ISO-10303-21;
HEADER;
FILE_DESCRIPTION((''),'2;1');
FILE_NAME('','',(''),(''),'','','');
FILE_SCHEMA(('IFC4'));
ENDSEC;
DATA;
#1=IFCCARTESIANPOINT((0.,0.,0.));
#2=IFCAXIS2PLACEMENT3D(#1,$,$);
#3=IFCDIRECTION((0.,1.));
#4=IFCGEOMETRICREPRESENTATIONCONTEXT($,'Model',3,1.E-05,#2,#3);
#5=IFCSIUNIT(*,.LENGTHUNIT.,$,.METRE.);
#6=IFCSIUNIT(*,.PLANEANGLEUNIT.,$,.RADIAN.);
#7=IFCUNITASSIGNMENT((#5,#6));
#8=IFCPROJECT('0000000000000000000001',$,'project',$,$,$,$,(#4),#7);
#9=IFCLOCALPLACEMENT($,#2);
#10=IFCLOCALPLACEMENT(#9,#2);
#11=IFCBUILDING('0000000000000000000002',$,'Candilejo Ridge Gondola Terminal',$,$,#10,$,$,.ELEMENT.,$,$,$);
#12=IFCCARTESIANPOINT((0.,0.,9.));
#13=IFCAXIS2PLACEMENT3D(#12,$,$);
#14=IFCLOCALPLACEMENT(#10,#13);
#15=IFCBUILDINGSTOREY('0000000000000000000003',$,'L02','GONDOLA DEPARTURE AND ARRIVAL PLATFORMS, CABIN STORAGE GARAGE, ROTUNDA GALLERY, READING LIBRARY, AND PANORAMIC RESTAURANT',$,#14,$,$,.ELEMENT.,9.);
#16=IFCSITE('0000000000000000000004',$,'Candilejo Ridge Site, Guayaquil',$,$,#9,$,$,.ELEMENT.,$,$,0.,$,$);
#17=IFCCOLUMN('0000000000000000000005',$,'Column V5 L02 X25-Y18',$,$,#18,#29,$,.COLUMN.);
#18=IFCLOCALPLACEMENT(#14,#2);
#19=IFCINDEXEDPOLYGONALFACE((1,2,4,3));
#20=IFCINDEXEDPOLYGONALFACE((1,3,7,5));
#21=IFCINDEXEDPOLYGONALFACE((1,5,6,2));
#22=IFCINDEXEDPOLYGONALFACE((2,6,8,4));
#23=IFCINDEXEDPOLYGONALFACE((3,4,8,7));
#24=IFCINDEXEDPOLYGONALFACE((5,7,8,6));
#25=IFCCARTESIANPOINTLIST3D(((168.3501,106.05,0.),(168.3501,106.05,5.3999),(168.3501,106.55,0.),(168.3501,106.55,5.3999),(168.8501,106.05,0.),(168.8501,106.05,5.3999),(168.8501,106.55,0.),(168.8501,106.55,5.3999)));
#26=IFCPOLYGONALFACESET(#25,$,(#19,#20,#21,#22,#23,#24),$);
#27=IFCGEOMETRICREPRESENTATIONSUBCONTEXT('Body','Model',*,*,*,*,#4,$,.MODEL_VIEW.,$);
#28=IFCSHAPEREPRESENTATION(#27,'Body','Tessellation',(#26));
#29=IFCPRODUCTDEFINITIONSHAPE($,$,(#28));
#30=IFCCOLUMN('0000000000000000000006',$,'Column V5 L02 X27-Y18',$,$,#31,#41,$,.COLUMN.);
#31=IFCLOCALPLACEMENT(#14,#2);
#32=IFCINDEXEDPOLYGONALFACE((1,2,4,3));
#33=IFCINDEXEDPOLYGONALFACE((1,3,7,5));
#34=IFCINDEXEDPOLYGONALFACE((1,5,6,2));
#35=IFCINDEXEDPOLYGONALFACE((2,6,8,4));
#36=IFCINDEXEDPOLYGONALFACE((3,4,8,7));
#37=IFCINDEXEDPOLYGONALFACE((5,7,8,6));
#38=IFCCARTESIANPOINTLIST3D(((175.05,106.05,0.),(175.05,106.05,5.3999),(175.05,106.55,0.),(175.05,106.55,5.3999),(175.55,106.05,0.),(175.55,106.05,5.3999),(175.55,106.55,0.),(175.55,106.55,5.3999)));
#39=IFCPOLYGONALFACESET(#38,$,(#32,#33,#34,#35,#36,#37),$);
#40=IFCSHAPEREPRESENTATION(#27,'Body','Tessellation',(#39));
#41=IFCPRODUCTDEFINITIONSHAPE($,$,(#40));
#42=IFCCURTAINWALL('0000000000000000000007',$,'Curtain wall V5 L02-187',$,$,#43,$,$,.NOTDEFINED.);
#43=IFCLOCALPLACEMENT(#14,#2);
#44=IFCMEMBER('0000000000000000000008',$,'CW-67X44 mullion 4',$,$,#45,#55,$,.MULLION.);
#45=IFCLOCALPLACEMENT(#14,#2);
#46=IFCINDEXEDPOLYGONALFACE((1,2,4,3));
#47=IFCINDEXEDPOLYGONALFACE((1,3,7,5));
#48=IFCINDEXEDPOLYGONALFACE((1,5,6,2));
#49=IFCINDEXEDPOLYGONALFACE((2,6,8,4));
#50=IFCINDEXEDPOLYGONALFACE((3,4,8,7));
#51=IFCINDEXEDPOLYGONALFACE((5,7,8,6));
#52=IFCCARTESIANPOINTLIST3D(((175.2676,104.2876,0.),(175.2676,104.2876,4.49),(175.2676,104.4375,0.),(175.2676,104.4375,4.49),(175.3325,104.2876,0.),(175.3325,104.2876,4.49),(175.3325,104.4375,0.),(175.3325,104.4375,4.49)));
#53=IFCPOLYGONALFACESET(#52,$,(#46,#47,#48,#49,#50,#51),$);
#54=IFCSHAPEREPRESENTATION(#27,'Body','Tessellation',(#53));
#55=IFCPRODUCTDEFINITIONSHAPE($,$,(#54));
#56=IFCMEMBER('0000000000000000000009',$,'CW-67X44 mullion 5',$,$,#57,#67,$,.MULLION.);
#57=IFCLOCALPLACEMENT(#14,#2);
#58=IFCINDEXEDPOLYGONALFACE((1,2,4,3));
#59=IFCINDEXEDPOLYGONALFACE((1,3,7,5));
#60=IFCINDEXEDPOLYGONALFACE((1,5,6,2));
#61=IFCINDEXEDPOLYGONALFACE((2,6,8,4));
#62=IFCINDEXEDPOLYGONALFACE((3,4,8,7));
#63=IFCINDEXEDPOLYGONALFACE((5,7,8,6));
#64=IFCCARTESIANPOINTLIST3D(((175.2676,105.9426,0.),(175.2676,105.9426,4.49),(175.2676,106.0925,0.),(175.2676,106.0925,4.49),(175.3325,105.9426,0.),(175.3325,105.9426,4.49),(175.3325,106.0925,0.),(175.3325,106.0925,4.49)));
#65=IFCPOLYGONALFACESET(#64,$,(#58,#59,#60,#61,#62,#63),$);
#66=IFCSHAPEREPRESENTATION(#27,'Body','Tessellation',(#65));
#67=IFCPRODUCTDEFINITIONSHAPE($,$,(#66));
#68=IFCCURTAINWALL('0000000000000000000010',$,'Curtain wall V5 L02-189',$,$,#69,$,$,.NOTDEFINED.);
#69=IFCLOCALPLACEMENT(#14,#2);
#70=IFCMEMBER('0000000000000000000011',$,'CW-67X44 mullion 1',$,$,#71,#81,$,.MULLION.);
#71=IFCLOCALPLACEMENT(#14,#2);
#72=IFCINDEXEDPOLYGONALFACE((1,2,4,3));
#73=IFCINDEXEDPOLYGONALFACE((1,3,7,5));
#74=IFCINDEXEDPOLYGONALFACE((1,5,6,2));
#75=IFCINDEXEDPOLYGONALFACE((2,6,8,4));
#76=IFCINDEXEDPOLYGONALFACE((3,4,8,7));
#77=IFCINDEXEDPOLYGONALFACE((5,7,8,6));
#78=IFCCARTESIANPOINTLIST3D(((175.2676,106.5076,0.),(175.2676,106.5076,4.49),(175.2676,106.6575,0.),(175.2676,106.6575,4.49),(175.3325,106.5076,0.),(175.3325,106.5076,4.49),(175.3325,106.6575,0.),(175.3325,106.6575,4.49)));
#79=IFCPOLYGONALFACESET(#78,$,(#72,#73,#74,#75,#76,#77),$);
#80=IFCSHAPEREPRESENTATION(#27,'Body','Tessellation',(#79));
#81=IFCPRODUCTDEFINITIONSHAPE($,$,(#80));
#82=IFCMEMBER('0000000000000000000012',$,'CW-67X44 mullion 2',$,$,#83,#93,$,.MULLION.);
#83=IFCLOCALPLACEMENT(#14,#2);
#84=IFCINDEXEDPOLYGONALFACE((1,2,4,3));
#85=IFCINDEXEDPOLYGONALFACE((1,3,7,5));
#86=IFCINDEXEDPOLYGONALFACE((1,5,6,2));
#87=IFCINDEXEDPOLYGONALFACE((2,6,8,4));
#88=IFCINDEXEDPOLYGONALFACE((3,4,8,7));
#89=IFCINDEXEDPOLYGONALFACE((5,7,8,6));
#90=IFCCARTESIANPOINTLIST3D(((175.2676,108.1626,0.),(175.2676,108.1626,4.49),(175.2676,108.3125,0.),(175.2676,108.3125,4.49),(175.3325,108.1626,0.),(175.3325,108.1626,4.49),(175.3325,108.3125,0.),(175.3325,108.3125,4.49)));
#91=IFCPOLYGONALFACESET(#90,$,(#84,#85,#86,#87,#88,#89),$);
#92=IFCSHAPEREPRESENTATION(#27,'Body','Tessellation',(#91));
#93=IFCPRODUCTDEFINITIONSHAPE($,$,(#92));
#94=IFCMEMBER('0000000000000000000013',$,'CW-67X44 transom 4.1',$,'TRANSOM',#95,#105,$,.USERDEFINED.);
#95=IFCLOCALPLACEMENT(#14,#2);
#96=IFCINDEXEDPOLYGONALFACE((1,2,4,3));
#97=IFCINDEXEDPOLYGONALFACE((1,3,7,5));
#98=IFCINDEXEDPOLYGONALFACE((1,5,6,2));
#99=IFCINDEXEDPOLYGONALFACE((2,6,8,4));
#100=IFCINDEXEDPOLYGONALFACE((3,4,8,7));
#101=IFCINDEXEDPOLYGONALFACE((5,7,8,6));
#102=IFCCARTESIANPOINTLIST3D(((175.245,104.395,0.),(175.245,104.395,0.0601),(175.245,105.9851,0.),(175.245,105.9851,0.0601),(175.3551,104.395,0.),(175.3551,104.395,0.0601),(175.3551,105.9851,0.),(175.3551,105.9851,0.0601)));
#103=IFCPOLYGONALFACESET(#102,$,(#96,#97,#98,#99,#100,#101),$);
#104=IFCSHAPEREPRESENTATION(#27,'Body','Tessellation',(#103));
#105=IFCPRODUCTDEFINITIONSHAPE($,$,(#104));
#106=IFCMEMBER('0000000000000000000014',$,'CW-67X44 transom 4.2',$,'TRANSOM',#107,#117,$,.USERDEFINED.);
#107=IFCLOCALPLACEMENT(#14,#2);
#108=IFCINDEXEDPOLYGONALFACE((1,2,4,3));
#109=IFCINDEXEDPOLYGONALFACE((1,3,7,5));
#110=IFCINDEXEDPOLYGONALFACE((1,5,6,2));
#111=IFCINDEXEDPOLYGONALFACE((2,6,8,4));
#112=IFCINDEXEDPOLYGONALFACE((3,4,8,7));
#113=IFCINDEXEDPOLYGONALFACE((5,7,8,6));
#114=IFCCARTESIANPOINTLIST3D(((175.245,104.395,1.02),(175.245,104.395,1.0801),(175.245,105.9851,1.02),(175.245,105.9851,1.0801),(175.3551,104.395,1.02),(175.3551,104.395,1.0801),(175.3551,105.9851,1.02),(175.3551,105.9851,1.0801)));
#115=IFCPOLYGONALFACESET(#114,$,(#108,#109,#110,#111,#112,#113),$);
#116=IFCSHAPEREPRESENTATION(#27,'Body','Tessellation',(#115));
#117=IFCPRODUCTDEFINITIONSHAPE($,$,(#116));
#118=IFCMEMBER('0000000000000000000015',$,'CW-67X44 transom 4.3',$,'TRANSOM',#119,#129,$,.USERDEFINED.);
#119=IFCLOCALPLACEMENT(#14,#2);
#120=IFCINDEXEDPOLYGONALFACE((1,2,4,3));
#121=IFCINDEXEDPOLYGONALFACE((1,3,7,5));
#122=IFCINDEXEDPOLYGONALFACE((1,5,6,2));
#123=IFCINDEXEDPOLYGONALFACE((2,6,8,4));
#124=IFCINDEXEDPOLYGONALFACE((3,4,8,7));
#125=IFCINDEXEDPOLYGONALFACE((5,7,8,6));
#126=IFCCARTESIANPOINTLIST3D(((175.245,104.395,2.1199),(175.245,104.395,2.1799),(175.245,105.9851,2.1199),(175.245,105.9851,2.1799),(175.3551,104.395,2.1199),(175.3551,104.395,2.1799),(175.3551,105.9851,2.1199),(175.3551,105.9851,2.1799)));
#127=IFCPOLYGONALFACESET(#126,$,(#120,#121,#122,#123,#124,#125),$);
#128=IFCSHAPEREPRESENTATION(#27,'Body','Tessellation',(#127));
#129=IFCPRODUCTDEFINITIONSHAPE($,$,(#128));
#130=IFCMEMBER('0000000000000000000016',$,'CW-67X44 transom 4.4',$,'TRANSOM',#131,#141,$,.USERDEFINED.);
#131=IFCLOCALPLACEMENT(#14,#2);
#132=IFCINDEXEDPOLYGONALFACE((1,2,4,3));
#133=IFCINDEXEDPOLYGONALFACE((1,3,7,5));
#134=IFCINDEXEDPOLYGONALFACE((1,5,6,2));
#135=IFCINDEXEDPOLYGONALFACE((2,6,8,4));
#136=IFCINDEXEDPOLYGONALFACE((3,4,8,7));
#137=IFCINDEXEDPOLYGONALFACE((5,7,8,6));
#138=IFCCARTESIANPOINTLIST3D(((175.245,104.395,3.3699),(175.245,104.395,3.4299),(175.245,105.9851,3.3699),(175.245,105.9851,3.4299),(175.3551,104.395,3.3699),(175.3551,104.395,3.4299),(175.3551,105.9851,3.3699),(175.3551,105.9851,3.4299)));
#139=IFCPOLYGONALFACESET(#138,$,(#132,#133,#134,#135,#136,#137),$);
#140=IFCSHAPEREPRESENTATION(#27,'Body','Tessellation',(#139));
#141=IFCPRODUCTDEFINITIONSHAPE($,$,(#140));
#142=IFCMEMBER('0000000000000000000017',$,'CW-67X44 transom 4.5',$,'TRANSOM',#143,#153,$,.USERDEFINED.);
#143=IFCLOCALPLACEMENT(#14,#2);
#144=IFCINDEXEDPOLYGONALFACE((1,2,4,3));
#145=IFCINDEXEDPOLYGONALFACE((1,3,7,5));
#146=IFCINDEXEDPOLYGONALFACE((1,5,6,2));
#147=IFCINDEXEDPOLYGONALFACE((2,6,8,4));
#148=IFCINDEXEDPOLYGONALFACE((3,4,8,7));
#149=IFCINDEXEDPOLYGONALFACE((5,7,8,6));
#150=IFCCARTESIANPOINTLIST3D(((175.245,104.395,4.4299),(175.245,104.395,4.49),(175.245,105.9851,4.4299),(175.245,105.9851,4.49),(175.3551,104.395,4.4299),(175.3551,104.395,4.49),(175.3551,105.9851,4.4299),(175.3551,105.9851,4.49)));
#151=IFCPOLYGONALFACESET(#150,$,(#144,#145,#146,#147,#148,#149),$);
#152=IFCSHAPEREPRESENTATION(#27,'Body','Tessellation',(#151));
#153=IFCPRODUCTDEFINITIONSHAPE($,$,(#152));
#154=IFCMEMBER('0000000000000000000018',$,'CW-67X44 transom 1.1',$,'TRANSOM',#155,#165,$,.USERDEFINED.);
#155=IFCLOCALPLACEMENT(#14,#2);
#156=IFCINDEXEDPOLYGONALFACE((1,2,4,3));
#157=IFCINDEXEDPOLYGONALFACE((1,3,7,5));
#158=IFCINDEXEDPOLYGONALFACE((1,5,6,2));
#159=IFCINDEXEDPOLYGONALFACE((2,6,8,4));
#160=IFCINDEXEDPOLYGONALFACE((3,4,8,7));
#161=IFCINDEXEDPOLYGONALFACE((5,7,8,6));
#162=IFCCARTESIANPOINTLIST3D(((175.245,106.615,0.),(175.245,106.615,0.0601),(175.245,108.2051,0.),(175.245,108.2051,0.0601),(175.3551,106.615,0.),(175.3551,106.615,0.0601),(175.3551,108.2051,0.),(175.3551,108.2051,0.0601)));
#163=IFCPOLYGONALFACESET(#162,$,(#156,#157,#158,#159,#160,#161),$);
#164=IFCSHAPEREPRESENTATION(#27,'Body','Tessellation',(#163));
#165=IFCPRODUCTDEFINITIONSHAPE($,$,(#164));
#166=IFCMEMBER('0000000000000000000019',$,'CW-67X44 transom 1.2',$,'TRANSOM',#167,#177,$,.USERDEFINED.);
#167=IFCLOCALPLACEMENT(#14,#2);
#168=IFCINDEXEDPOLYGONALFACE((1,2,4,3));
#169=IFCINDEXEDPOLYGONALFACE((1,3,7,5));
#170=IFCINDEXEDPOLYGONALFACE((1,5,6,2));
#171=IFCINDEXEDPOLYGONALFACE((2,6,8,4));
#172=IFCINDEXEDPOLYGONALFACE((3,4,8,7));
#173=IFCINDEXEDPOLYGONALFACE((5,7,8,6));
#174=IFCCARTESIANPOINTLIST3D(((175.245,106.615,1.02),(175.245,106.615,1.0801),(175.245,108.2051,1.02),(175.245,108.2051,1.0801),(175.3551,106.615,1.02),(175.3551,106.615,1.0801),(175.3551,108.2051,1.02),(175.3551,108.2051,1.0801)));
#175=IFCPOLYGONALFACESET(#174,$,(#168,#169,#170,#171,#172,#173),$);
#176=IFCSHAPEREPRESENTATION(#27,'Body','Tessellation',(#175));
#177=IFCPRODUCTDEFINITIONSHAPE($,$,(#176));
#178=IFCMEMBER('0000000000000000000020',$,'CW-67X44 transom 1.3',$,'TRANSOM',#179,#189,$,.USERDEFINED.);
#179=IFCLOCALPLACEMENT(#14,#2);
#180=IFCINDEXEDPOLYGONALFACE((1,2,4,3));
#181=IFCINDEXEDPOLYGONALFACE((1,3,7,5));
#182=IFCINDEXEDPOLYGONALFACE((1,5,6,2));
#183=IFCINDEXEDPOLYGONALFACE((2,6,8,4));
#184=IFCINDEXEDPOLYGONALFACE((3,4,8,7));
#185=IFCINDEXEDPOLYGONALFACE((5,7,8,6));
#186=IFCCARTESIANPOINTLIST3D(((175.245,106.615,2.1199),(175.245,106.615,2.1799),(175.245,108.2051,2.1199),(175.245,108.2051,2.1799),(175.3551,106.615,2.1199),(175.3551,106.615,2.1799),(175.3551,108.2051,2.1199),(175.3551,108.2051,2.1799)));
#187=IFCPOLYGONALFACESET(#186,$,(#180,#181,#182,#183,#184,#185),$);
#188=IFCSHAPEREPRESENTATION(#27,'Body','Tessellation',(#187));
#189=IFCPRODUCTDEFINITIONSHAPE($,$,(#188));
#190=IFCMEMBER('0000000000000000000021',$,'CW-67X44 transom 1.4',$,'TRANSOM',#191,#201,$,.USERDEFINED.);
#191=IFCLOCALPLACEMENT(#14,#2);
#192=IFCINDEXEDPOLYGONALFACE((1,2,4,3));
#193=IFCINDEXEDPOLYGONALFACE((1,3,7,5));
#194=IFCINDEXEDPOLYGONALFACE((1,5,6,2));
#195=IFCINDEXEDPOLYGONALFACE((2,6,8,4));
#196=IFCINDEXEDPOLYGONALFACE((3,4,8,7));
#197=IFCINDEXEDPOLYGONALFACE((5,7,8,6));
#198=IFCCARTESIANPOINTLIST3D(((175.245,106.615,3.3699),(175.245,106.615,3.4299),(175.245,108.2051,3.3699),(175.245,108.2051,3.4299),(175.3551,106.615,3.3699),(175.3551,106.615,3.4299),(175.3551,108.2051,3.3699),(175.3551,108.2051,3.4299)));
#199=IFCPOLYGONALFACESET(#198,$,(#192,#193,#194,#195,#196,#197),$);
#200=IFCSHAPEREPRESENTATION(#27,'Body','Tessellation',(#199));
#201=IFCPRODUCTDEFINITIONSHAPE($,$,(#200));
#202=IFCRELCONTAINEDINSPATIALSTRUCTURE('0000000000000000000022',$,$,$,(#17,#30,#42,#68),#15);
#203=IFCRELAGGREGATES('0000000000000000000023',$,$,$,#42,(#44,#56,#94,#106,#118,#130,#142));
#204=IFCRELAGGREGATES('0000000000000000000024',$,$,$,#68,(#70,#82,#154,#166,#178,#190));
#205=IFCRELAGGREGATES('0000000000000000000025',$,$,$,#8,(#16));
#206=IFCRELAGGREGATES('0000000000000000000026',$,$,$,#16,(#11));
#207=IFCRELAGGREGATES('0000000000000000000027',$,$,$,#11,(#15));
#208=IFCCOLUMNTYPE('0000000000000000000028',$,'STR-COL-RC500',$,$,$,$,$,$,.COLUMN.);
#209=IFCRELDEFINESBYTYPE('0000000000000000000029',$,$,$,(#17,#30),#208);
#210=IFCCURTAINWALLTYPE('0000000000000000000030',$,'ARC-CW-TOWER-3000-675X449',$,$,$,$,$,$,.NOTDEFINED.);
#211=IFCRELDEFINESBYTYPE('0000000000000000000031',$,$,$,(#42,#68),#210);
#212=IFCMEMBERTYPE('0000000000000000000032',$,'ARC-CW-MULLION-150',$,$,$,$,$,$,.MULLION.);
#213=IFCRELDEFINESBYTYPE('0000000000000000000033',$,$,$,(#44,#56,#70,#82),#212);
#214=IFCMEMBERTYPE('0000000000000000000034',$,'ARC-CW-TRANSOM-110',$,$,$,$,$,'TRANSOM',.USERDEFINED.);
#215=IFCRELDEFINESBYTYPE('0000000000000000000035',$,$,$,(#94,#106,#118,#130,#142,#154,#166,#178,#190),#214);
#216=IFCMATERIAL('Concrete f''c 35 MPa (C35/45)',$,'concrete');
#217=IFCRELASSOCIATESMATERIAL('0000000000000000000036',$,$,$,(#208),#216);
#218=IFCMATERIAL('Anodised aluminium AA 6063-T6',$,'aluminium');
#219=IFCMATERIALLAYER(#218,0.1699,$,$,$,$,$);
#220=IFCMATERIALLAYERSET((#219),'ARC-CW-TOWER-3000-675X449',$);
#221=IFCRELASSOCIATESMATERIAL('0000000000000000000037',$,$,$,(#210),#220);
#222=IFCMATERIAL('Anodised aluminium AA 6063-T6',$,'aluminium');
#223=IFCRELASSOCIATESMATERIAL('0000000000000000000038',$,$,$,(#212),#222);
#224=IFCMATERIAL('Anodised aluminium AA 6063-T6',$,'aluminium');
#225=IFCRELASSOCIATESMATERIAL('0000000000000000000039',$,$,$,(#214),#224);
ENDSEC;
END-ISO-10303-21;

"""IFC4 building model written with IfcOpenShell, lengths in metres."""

from ifc_helpers import new_model, si_unit, direction, frame, origin, origin_2d, place, context, subcontext, project, spatial, rectangle, extrude, material, layer, layer_set, material_profile, profile_set, type_object, element, aggregate, save


model = new_model("IFC4")

# Units and contexts
model_context = context("Model", 3, precision=1e-05, world=origin(), true_north=direction((0.0, 1.0)))
body_context = subcontext(model_context, "Body", "Model", "MODEL_VIEW")
ifc_project = project(units=[si_unit("LENGTHUNIT", "METRE"), si_unit("PLANEANGLEUNIT", "RADIAN")], contexts=[model_context])

# Site, building, storey
site_placement = place(None, origin())
site = spatial("IfcSite", under=ifc_project, at=site_placement, Name="Candilejo Ridge Site, Guayaquil", CompositionType="ELEMENT", RefElevation=0.0)
building_placement = place(site_placement, origin())
building = spatial("IfcBuilding", under=site, at=building_placement, Name="Candilejo Ridge Gondola Terminal", CompositionType="ELEMENT")
storey_placement = place(building_placement, frame((0.0, 0.0, 9.0)))
storey = spatial("IfcBuildingStorey", under=building, at=storey_placement, Name="L02", Description="GONDOLA DEPARTURE AND ARRIVAL PLATFORMS, CABIN STORAGE GARAGE, ROTUNDA GALLERY, READING LIBRARY, AND PANORAMIC RESTAURANT", CompositionType="ELEMENT", Elevation=9.0)

# Columns
ifc_material_1 = material(Name="Concrete f'c 35 MPa (C35/45)", Category="concrete")
ifc_material_profile_1 = material_profile(ifc_material_1, rectangle(XDim=0.5, YDim=0.5, at=origin_2d()))
ifc_profile_set_1 = profile_set([ifc_material_profile_1], Name="Concrete f'c 35 MPa (C35/45)")
column_type = type_object("IfcColumnType", Name="STR-COL-RC500", PredefinedType="COLUMN", material=ifc_profile_set_1)
for number, where, z_axis, x_axis, name in (
    (1, (168.6001, 106.3, 0.0), (0.0, 0.0, 1.0), (1.0, 0.0, 0.0), "Column V5 L02 X25-Y18"),
    (2, (175.3, 106.3, 0.0), (0.0, 0.0, 1.0), (1.0, 0.0, 0.0), "Column V5 L02 X27-Y18"),
):
    element("IfcColumn", number, at=place(storey_placement, frame(where, z_axis=z_axis, x_axis=x_axis)), inside=storey, type_object=column_type, Name=name, PredefinedType="COLUMN", context=body_context, shape_type="SweptSolid", body=[
        extrude(rectangle(XDim=0.5, YDim=0.5, at=origin_2d()), origin(), (0.0, 0.0, 1.0), 5.3999),
    ])

# Curtain walls, members
ifc_material_2 = material(Name="Anodised aluminium AA 6063-T6", Category="aluminium")
ifc_layer_1 = layer(ifc_material_2, 0.1699)
ifc_layer_set_1 = layer_set([ifc_layer_1], Name="ARC-CW-TOWER-3000-675X449")
curtain_wall_type = type_object("IfcCurtainWallType", Name="ARC-CW-TOWER-3000-675X449", PredefinedType="NOTDEFINED", material=ifc_layer_set_1)
curtain_wall_1_placement = place(storey_placement, origin())
curtain_wall_1 = element("IfcCurtainWall", 3, at=curtain_wall_1_placement, inside=storey, type_object=curtain_wall_type, Name="Curtain wall V5 L02-187", PredefinedType="NOTDEFINED")
ifc_material_3 = material(Name="Anodised aluminium AA 6063-T6", Category="aluminium")
ifc_material_profile_2 = material_profile(ifc_material_3, rectangle(XDim=0.0649, YDim=0.1499, at=origin_2d()))
ifc_profile_set_2 = profile_set([ifc_material_profile_2], Name="Anodised aluminium AA 6063-T6")
member_type_1 = type_object("IfcMemberType", Name="ARC-CW-MULLION-150", PredefinedType="MULLION", material=ifc_profile_set_2)
member_1_placement = place(storey_placement, frame((175.3, 104.3625, 0.0), z_axis=(0.0, 0.0, 1.0), x_axis=(-1.0, 0.0, 0.0)))
member_1 = element("IfcMember", 4, at=member_1_placement, type_object=member_type_1, Name="CW-67X44 mullion 4", PredefinedType="MULLION", context=body_context, shape_type="SweptSolid", body=[
    extrude(rectangle(XDim=0.0649, YDim=0.1499, at=origin_2d()), origin(), (0.0, 0.0, 1.0), 4.49),
])
member_2_placement = place(storey_placement, frame((175.3, 106.0176, 0.0), z_axis=(0.0, 0.0, 1.0), x_axis=(-1.0, 0.0, 0.0)))
member_2 = element("IfcMember", 5, at=member_2_placement, type_object=member_type_1, Name="CW-67X44 mullion 5", PredefinedType="MULLION", context=body_context, shape_type="SweptSolid", body=[
    extrude(rectangle(XDim=0.0649, YDim=0.1499, at=origin_2d()), origin(), (0.0, 0.0, 1.0), 4.49),
])
curtain_wall_2_placement = place(storey_placement, origin())
curtain_wall_2 = element("IfcCurtainWall", 6, at=curtain_wall_2_placement, inside=storey, type_object=curtain_wall_type, Name="Curtain wall V5 L02-189", PredefinedType="NOTDEFINED")
member_3_placement = place(storey_placement, frame((175.3, 106.5825, 0.0), z_axis=(0.0, 0.0, 1.0), x_axis=(-1.0, 0.0, 0.0)))
member_3 = element("IfcMember", 7, at=member_3_placement, type_object=member_type_1, Name="CW-67X44 mullion 1", PredefinedType="MULLION", context=body_context, shape_type="SweptSolid", body=[
    extrude(rectangle(XDim=0.0649, YDim=0.1499, at=origin_2d()), origin(), (0.0, 0.0, 1.0), 4.49),
])
member_4_placement = place(storey_placement, frame((175.3, 108.2375, 0.0), z_axis=(0.0, 0.0, 1.0), x_axis=(-1.0, 0.0, 0.0)))
member_4 = element("IfcMember", 8, at=member_4_placement, type_object=member_type_1, Name="CW-67X44 mullion 2", PredefinedType="MULLION", context=body_context, shape_type="SweptSolid", body=[
    extrude(rectangle(XDim=0.0649, YDim=0.1499, at=origin_2d()), origin(), (0.0, 0.0, 1.0), 4.49),
])

# Members
ifc_material_4 = material(Name="Anodised aluminium AA 6063-T6", Category="aluminium")
ifc_material_profile_3 = material_profile(ifc_material_4, rectangle(XDim=0.1101, YDim=0.0601, at=origin_2d()))
ifc_profile_set_3 = profile_set([ifc_material_profile_3], Name="Anodised aluminium AA 6063-T6")
member_type_2 = type_object("IfcMemberType", Name="ARC-CW-TRANSOM-110", ElementType="TRANSOM", PredefinedType="USERDEFINED", material=ifc_profile_set_3)
member_5_placement = place(storey_placement, frame((175.3, 104.395, 0.03), z_axis=(0.0, 1.0, 0.0), x_axis=(-1.0, 0.0, 0.0)))
member_5 = element("IfcMember", 9, at=member_5_placement, type_object=member_type_2, Name="CW-67X44 transom 4.1", ObjectType="TRANSOM", PredefinedType="USERDEFINED", context=body_context, shape_type="SweptSolid", body=[
    extrude(rectangle(XDim=0.1101, YDim=0.0601, at=origin_2d()), origin(), (0.0, 0.0, 1.0), 1.5901),
])
member_6_placement = place(storey_placement, frame((175.3, 104.395, 1.05), z_axis=(0.0, 1.0, 0.0), x_axis=(-1.0, 0.0, 0.0)))
member_6 = element("IfcMember", 10, at=member_6_placement, type_object=member_type_2, Name="CW-67X44 transom 4.2", ObjectType="TRANSOM", PredefinedType="USERDEFINED", context=body_context, shape_type="SweptSolid", body=[
    extrude(rectangle(XDim=0.1101, YDim=0.0601, at=origin_2d()), origin(), (0.0, 0.0, 1.0), 1.5901),
])
member_7_placement = place(storey_placement, frame((175.3, 104.395, 2.1499), z_axis=(0.0, 1.0, 0.0), x_axis=(-1.0, 0.0, 0.0)))
member_7 = element("IfcMember", 11, at=member_7_placement, type_object=member_type_2, Name="CW-67X44 transom 4.3", ObjectType="TRANSOM", PredefinedType="USERDEFINED", context=body_context, shape_type="SweptSolid", body=[
    extrude(rectangle(XDim=0.1101, YDim=0.0601, at=origin_2d()), origin(), (0.0, 0.0, 1.0), 1.5901),
])
member_8_placement = place(storey_placement, frame((175.3, 104.395, 3.3999), z_axis=(0.0, 1.0, 0.0), x_axis=(-1.0, 0.0, 0.0)))
member_8 = element("IfcMember", 12, at=member_8_placement, type_object=member_type_2, Name="CW-67X44 transom 4.4", ObjectType="TRANSOM", PredefinedType="USERDEFINED", context=body_context, shape_type="SweptSolid", body=[
    extrude(rectangle(XDim=0.1101, YDim=0.0601, at=origin_2d()), origin(), (0.0, 0.0, 1.0), 1.5901),
])
member_9_placement = place(storey_placement, frame((175.3, 104.395, 4.46), z_axis=(0.0, 1.0, 0.0), x_axis=(-1.0, 0.0, 0.0)))
member_9 = element("IfcMember", 13, at=member_9_placement, type_object=member_type_2, Name="CW-67X44 transom 4.5", ObjectType="TRANSOM", PredefinedType="USERDEFINED", context=body_context, shape_type="SweptSolid", body=[
    extrude(rectangle(XDim=0.1101, YDim=0.0601, at=origin_2d()), origin(), (0.0, 0.0, 1.0), 1.5901),
])
member_10_placement = place(storey_placement, frame((175.3, 106.615, 0.03), z_axis=(0.0, 1.0, 0.0), x_axis=(-1.0, 0.0, 0.0)))
member_10 = element("IfcMember", 14, at=member_10_placement, type_object=member_type_2, Name="CW-67X44 transom 1.1", ObjectType="TRANSOM", PredefinedType="USERDEFINED", context=body_context, shape_type="SweptSolid", body=[
    extrude(rectangle(XDim=0.1101, YDim=0.0601, at=origin_2d()), origin(), (0.0, 0.0, 1.0), 1.5901),
])
member_11_placement = place(storey_placement, frame((175.3, 106.615, 1.05), z_axis=(0.0, 1.0, 0.0), x_axis=(-1.0, 0.0, 0.0)))
member_11 = element("IfcMember", 15, at=member_11_placement, type_object=member_type_2, Name="CW-67X44 transom 1.2", ObjectType="TRANSOM", PredefinedType="USERDEFINED", context=body_context, shape_type="SweptSolid", body=[
    extrude(rectangle(XDim=0.1101, YDim=0.0601, at=origin_2d()), origin(), (0.0, 0.0, 1.0), 1.5901),
])
member_12_placement = place(storey_placement, frame((175.3, 106.615, 2.1499), z_axis=(0.0, 1.0, 0.0), x_axis=(-1.0, 0.0, 0.0)))
member_12 = element("IfcMember", 16, at=member_12_placement, type_object=member_type_2, Name="CW-67X44 transom 1.3", ObjectType="TRANSOM", PredefinedType="USERDEFINED", context=body_context, shape_type="SweptSolid", body=[
    extrude(rectangle(XDim=0.1101, YDim=0.0601, at=origin_2d()), origin(), (0.0, 0.0, 1.0), 1.5901),
])
member_13_placement = place(storey_placement, frame((175.3, 106.615, 3.3999), z_axis=(0.0, 1.0, 0.0), x_axis=(-1.0, 0.0, 0.0)))
member_13 = element("IfcMember", 17, at=member_13_placement, type_object=member_type_2, Name="CW-67X44 transom 1.4", ObjectType="TRANSOM", PredefinedType="USERDEFINED", context=body_context, shape_type="SweptSolid", body=[
    extrude(rectangle(XDim=0.1101, YDim=0.0601, at=origin_2d()), origin(), (0.0, 0.0, 1.0), 1.5901),
])

aggregate(curtain_wall_1, [member_1, member_2, member_5, member_6, member_7, member_8, member_9])
aggregate(curtain_wall_2, [member_3, member_4, member_10, member_11, member_12, member_13])

save(model, "model.ifc")
